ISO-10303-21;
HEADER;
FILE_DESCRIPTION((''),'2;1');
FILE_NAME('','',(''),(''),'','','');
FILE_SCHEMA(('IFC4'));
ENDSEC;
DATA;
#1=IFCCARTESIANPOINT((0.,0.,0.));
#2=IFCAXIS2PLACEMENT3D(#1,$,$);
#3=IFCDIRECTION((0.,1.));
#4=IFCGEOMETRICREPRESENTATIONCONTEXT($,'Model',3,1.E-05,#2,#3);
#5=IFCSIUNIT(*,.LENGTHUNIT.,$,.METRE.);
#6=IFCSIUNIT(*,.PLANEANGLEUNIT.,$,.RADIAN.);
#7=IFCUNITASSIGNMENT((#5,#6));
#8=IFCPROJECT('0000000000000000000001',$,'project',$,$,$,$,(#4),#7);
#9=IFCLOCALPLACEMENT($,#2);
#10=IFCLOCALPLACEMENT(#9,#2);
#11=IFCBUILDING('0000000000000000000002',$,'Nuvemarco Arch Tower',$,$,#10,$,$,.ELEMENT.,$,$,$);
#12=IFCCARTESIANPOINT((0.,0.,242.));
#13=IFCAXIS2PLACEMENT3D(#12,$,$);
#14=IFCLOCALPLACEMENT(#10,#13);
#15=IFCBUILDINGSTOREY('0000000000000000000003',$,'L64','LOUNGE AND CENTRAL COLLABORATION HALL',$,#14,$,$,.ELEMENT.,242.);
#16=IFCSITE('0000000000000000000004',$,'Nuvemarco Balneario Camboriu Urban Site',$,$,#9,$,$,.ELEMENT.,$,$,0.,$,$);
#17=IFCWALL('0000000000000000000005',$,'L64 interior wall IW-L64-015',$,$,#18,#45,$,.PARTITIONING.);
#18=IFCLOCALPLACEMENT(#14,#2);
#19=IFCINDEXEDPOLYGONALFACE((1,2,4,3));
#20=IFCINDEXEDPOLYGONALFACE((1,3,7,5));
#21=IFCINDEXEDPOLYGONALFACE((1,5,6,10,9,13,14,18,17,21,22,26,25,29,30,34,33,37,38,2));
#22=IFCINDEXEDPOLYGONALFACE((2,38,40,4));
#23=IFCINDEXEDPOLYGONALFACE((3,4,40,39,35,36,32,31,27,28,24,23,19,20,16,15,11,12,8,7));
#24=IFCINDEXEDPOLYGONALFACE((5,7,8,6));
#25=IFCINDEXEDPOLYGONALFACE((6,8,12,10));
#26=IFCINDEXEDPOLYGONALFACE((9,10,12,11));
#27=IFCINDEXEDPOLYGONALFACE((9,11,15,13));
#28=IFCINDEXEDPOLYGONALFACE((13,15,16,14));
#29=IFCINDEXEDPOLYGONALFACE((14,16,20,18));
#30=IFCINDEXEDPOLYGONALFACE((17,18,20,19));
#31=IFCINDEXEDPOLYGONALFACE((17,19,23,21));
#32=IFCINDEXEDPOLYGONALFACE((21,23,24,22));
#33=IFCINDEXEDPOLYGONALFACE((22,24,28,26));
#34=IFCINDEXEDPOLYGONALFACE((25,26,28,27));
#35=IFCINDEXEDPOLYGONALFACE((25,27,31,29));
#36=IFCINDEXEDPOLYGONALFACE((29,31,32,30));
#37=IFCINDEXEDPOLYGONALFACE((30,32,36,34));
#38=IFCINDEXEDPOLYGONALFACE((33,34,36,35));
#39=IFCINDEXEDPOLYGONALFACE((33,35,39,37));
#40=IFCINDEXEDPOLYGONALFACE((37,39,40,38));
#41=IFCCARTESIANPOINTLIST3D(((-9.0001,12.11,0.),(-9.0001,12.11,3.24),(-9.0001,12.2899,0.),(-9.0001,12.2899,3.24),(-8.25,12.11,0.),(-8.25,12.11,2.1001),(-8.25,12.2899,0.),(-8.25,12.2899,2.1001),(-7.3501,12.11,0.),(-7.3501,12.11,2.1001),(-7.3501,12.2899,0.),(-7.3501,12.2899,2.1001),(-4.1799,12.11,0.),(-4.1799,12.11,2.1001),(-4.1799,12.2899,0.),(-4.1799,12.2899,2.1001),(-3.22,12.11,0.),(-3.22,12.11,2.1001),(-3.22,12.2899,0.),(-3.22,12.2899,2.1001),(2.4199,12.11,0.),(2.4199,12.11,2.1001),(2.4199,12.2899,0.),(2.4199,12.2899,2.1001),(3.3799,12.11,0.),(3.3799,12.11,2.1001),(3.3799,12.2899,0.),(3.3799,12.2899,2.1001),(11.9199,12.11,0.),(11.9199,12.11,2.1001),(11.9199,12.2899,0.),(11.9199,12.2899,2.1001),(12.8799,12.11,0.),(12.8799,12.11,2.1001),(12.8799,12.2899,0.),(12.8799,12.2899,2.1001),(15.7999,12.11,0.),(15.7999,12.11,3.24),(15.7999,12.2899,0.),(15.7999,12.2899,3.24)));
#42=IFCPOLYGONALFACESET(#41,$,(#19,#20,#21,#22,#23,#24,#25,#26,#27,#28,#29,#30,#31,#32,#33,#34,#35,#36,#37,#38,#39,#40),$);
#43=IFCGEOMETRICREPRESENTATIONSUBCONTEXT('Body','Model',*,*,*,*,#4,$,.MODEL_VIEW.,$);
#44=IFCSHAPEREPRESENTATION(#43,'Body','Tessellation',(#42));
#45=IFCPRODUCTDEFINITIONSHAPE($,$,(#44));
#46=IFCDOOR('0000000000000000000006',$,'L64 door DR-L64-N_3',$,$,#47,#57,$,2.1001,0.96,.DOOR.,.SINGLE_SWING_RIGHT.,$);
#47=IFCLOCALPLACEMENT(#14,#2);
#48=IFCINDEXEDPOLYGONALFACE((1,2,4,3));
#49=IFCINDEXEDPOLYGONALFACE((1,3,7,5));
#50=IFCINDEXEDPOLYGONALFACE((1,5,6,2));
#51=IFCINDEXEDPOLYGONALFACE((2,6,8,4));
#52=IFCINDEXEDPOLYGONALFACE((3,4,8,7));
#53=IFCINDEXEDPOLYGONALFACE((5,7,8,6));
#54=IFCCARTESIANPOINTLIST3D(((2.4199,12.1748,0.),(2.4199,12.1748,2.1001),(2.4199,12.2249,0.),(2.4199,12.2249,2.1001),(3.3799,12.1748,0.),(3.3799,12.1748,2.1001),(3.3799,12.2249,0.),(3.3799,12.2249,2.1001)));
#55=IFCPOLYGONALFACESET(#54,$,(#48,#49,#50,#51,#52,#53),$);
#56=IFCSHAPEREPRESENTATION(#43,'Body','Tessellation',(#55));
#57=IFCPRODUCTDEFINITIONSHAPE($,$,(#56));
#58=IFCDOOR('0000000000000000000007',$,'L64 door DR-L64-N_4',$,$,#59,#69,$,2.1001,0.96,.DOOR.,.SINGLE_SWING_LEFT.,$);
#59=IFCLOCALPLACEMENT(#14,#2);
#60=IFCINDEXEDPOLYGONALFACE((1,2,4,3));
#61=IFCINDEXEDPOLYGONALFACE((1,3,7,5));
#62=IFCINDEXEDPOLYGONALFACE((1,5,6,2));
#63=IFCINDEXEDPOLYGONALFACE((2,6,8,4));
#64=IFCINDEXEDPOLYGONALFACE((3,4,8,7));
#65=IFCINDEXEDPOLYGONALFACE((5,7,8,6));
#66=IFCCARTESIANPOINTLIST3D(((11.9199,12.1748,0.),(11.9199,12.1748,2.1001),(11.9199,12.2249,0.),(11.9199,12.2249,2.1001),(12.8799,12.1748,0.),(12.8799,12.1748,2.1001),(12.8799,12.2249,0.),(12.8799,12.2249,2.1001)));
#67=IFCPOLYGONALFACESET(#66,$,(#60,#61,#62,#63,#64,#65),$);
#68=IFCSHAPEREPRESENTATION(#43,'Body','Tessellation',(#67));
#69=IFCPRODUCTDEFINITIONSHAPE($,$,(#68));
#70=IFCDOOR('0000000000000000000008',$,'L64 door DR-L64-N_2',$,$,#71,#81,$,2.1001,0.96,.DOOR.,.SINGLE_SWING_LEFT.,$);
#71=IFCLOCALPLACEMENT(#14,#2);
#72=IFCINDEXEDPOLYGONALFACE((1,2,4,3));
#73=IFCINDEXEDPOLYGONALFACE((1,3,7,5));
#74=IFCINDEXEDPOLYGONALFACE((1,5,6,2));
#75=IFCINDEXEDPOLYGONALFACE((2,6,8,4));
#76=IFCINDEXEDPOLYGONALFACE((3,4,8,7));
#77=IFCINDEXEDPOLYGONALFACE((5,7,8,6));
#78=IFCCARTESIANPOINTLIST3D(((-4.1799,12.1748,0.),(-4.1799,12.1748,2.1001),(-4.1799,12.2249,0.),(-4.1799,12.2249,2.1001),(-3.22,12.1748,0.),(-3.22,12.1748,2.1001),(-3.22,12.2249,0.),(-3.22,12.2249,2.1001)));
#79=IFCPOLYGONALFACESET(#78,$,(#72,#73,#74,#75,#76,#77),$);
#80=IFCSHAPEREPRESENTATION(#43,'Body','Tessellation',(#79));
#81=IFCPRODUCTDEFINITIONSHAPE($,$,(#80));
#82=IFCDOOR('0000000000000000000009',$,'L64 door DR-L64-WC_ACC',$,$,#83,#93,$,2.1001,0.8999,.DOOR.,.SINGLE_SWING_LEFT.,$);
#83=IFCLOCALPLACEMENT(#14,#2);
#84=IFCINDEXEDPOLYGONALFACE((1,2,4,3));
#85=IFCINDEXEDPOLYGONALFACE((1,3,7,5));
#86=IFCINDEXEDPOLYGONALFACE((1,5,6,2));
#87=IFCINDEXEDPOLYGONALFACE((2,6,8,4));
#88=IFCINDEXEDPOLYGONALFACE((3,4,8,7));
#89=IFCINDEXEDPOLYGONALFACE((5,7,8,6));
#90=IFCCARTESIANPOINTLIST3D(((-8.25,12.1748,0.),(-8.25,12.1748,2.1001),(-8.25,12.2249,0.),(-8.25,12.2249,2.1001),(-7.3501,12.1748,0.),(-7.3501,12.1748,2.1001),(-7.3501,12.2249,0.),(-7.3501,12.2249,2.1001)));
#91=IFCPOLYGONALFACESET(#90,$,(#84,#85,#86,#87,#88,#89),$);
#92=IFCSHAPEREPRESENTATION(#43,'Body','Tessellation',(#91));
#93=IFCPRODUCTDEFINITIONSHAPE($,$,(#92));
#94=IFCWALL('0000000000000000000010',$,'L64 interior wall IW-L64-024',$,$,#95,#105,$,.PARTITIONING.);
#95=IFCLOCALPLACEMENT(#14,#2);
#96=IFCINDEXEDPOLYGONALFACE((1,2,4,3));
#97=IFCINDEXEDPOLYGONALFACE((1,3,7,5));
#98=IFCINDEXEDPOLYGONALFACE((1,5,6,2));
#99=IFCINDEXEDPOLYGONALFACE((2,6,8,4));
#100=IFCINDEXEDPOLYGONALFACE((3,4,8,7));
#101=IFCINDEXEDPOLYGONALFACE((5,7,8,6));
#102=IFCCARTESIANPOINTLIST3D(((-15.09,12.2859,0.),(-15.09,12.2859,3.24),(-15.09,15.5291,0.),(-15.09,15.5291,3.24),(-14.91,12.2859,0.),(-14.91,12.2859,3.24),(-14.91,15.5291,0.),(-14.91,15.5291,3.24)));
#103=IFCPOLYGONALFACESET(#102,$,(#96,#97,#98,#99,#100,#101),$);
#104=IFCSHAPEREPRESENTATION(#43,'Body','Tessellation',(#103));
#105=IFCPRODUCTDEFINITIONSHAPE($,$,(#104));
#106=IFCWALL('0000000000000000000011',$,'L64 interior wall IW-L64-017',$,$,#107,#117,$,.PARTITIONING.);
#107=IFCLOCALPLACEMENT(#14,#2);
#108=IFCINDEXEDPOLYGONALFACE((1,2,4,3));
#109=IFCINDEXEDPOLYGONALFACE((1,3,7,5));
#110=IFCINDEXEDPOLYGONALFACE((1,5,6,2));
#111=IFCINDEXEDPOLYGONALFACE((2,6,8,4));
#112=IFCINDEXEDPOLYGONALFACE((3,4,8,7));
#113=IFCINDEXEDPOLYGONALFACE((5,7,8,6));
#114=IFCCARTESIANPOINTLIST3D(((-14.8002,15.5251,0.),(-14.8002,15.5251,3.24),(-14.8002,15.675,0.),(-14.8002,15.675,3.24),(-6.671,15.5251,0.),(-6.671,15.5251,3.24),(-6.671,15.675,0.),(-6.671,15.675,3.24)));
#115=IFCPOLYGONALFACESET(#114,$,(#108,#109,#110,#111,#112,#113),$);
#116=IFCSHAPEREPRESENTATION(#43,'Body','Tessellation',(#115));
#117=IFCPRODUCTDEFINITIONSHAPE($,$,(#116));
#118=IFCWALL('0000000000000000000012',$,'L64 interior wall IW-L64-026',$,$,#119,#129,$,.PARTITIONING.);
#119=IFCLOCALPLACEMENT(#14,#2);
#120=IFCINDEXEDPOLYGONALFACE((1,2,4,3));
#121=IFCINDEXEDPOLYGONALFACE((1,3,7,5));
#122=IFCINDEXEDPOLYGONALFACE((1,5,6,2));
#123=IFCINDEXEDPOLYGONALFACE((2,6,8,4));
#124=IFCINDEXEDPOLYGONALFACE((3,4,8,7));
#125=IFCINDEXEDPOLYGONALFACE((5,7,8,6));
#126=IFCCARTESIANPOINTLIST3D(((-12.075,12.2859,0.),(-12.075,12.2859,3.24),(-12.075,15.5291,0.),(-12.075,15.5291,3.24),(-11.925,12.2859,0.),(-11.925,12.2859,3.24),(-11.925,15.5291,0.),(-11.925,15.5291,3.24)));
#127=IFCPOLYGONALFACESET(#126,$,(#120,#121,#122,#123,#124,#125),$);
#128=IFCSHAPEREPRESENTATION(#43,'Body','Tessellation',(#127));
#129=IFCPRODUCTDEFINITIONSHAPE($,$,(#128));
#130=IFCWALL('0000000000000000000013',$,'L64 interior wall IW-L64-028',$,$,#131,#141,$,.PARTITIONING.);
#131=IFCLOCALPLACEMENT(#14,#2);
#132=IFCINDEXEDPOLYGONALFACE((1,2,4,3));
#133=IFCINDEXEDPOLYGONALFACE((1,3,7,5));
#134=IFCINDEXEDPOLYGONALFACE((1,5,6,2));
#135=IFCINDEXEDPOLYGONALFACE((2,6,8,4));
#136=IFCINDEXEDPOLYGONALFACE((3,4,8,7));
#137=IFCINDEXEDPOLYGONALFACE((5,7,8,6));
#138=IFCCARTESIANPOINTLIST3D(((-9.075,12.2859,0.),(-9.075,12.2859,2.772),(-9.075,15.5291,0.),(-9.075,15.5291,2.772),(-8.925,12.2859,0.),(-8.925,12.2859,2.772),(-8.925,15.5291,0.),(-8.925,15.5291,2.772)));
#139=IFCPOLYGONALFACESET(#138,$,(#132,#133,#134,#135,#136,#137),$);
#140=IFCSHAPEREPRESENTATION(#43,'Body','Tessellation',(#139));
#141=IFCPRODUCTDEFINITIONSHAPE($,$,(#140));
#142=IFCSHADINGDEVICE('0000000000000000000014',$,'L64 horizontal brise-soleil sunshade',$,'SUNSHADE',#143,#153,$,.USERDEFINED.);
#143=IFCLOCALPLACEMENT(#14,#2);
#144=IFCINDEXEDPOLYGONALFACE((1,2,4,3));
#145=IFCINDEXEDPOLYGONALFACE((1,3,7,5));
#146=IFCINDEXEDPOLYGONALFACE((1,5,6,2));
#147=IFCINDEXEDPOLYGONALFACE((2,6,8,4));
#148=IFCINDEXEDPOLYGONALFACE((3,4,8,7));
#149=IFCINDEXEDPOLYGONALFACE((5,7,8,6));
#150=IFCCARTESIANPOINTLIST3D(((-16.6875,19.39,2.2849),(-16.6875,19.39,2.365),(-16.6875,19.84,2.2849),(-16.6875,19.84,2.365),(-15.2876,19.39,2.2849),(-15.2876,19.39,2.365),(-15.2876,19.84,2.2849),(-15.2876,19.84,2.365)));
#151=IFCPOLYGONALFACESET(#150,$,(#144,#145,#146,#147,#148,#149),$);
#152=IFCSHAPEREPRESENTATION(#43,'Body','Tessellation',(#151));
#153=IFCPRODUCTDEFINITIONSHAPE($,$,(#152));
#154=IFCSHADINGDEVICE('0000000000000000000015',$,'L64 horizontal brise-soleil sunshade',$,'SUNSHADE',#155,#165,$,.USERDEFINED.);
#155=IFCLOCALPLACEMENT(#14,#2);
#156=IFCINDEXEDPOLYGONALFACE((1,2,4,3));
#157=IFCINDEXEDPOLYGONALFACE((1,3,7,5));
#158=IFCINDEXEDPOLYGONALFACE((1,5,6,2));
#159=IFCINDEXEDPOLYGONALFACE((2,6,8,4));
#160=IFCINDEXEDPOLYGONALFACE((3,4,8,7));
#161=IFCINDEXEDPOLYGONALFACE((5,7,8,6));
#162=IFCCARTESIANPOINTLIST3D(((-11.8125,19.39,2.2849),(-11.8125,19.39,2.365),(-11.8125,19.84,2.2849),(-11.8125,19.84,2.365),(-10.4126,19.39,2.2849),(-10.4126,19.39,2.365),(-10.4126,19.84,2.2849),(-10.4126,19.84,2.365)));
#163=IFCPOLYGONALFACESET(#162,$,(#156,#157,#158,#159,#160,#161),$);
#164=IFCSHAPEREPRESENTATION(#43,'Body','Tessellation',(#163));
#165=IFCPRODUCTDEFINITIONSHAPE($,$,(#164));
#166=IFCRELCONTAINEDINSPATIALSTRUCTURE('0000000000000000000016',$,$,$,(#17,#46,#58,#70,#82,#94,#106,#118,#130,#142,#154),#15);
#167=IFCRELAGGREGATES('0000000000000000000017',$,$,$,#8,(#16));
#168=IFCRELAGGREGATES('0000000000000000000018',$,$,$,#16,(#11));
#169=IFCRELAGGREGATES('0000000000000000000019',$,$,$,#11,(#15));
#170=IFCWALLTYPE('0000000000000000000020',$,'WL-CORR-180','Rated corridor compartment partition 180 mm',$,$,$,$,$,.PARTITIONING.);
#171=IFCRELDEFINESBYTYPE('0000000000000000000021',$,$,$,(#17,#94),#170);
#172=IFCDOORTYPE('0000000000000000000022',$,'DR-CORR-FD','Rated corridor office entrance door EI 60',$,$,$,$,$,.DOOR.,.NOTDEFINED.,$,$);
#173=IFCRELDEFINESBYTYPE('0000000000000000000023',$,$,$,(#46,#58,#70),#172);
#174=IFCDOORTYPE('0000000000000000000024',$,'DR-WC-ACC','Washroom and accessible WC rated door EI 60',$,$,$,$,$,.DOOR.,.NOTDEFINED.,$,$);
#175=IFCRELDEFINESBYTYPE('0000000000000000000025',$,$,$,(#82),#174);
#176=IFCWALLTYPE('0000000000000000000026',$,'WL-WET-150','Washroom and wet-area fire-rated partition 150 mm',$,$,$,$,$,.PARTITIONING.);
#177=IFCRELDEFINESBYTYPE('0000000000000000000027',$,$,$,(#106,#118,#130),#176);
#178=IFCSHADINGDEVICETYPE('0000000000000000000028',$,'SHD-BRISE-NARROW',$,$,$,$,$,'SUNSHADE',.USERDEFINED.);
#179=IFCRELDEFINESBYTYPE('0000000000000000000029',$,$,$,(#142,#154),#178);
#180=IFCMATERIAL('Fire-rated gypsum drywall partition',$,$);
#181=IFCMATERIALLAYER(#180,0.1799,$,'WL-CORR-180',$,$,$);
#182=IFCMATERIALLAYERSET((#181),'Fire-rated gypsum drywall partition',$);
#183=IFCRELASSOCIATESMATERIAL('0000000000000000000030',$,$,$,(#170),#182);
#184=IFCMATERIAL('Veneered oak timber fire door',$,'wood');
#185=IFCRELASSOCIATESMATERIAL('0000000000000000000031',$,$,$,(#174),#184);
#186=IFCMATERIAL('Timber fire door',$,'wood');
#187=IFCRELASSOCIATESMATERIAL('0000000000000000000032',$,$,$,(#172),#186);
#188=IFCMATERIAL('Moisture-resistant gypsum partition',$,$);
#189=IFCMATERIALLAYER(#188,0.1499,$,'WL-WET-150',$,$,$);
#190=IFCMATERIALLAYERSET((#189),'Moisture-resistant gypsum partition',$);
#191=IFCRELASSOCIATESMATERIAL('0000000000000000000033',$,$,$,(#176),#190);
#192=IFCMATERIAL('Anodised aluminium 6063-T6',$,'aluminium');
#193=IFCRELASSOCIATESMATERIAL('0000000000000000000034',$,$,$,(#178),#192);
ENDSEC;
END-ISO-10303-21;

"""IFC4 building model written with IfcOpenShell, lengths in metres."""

from ifc_helpers import new_model, si_unit, direction, frame, frame_2d, origin, origin_2d, place, context, subcontext, project, spatial, rectangle, extrude, source, transform, mapped, material, layer, layer_set, type_object, type_shapes, element, fill, save


model = new_model("IFC4")

# Units and contexts
model_context = context("Model", 3, precision=1e-05, world=origin(), true_north=direction((0.0, 1.0)))
body_context = subcontext(model_context, "Body", "Model", "MODEL_VIEW")
ifc_project = project(units=[si_unit("LENGTHUNIT", "METRE"), si_unit("PLANEANGLEUNIT", "RADIAN")], contexts=[model_context])

# Site, building, storey
site_placement = place(None, origin())
site = spatial("IfcSite", under=ifc_project, at=site_placement, Name="Nuvemarco Balneario Camboriu Urban Site", CompositionType="ELEMENT", RefElevation=0.0)
building_placement = place(site_placement, origin())
building = spatial("IfcBuilding", under=site, at=building_placement, Name="Nuvemarco Arch Tower", CompositionType="ELEMENT")
storey_placement = place(building_placement, frame((0.0, 0.0, 242.0)))
storey = spatial("IfcBuildingStorey", under=building, at=storey_placement, Name="L64", Description="LOUNGE AND CENTRAL COLLABORATION HALL", CompositionType="ELEMENT", Elevation=242.0)

# Wall, openings, doors
ifc_material_1 = material(Name="Fire-rated gypsum drywall partition")
ifc_layer_1 = layer(ifc_material_1, 0.1799, Name="WL-CORR-180")
ifc_layer_set_1 = layer_set([ifc_layer_1], Name="Fire-rated gypsum drywall partition")
wall_type_1 = type_object("IfcWallType", Name="WL-CORR-180", Description="Rated corridor compartment partition 180 mm", PredefinedType="PARTITIONING", material=ifc_layer_set_1)
ifc_material_2 = material(Name="Veneered oak timber fire door", Category="wood")
door_type_1 = type_object("IfcDoorType", Name="DR-WC-ACC", Description="Washroom and accessible WC rated door EI 60", OperationType="NOTDEFINED", PredefinedType="DOOR", material=ifc_material_2)
shared_shape_1 = source(origin(), body_context, "Body", "SweptSolid", [
    extrude(rectangle(XDim=0.8999, YDim=2.1001, at=frame_2d((0.45, 1.05))), frame((0.0, 0.0249, 0.0), z_axis=(0.0, -1.0, 0.0), x_axis=(1.0, 0.0, 0.0)), (0.0, 0.0, 1.0), 0.05),
])
type_shapes(door_type_1, [shared_shape_1])
wall_1_placement = place(storey_placement, frame((-9.0, 12.2, 0.0), z_axis=(0.0, 0.0, 1.0), x_axis=(1.0, 0.0, 0.0)))
wall_1 = element("IfcWall", 1, at=wall_1_placement, inside=storey, type_object=wall_type_1, Name="L64 interior wall IW-L64-015", PredefinedType="PARTITIONING", context=body_context, shape_type="SweptSolid", body=[
    extrude(rectangle(XDim=24.8, YDim=0.1799, at=frame_2d((12.3999, 0.0))), origin(), (0.0, 0.0, 1.0), 3.24),
])
opening_1_placement = place(wall_1_placement, frame((11.4199, 0.0, 0.0)))
opening_1 = element("IfcOpeningElement", 2, at=opening_1_placement, cuts=wall_1, PredefinedType="OPENING", context=body_context, shape_type="SweptSolid", body=[
    extrude(rectangle(XDim=0.96, YDim=2.1001, at=frame_2d((0.48, 1.05))), frame((0.0, 0.0999, 0.0), z_axis=(0.0, -1.0, 0.0), x_axis=(1.0, 0.0, 0.0)), (0.0, 0.0, 1.0), 0.2),
])
opening_2_placement = place(wall_1_placement, frame((20.9199, 0.0, 0.0)))
opening_2 = element("IfcOpeningElement", 3, at=opening_2_placement, cuts=wall_1, PredefinedType="OPENING", context=body_context, shape_type="SweptSolid", body=[
    extrude(rectangle(XDim=0.96, YDim=2.1001, at=frame_2d((0.48, 1.05))), frame((0.0, 0.0999, 0.0), z_axis=(0.0, -1.0, 0.0), x_axis=(1.0, 0.0, 0.0)), (0.0, 0.0, 1.0), 0.2),
])
opening_3_placement = place(wall_1_placement, frame((4.8201, 0.0, 0.0)))
opening_3 = element("IfcOpeningElement", 4, at=opening_3_placement, cuts=wall_1, PredefinedType="OPENING", context=body_context, shape_type="SweptSolid", body=[
    extrude(rectangle(XDim=0.96, YDim=2.1001, at=frame_2d((0.48, 1.05))), frame((0.0, 0.0999, 0.0), z_axis=(0.0, -1.0, 0.0), x_axis=(1.0, 0.0, 0.0)), (0.0, 0.0, 1.0), 0.2),
])
opening_4_placement = place(wall_1_placement, frame((0.75, 0.0, 0.0)))
opening_4 = element("IfcOpeningElement", 5, at=opening_4_placement, cuts=wall_1, PredefinedType="OPENING", context=body_context, shape_type="SweptSolid", body=[
    extrude(rectangle(XDim=0.8999, YDim=2.1001, at=frame_2d((0.45, 1.05))), frame((0.0, 0.0999, 0.0), z_axis=(0.0, -1.0, 0.0), x_axis=(1.0, 0.0, 0.0)), (0.0, 0.0, 1.0), 0.2),
])
ifc_material_3 = material(Name="Timber fire door", Category="wood")
door_type_2 = type_object("IfcDoorType", Name="DR-CORR-FD", Description="Rated corridor office entrance door EI 60", OperationType="NOTDEFINED", PredefinedType="DOOR", material=ifc_material_3)
shared_shape_2 = source(origin(), body_context, "Body", "SweptSolid", [
    extrude(rectangle(XDim=0.96, YDim=2.1001, at=frame_2d((0.48, 1.05))), frame((0.0, 0.0249, 0.0), z_axis=(0.0, -1.0, 0.0), x_axis=(1.0, 0.0, 0.0)), (0.0, 0.0, 1.0), 0.05),
])
type_shapes(door_type_2, [shared_shape_2])
door_1_placement = place(opening_1_placement, origin())
door_1 = element("IfcDoor", 6, at=door_1_placement, inside=storey, type_object=door_type_2, Name="L64 door DR-L64-N_3", OperationType="SINGLE_SWING_RIGHT", OverallHeight=2.1001, OverallWidth=0.96, PredefinedType="DOOR", context=body_context, shape_type="MappedRepresentation", body=[
    mapped(shared_shape_2, transform((0.0, 0.0, 0.0), scale=1.0)),
])
fill(opening_1, door_1)
door_2_placement = place(opening_2_placement, origin())
door_2 = element("IfcDoor", 7, at=door_2_placement, inside=storey, type_object=door_type_2, Name="L64 door DR-L64-N_4", OperationType="SINGLE_SWING_LEFT", OverallHeight=2.1001, OverallWidth=0.96, PredefinedType="DOOR", context=body_context, shape_type="MappedRepresentation", body=[
    mapped(shared_shape_2, transform((0.0, 0.0, 0.0), scale=1.0)),
])
fill(opening_2, door_2)
door_3_placement = place(opening_3_placement, origin())
door_3 = element("IfcDoor", 8, at=door_3_placement, inside=storey, type_object=door_type_2, Name="L64 door DR-L64-N_2", OperationType="SINGLE_SWING_LEFT", OverallHeight=2.1001, OverallWidth=0.96, PredefinedType="DOOR", context=body_context, shape_type="MappedRepresentation", body=[
    mapped(shared_shape_2, transform((0.0, 0.0, 0.0), scale=1.0)),
])
fill(opening_3, door_3)
door_4_placement = place(opening_4_placement, origin())
door_4 = element("IfcDoor", 9, at=door_4_placement, inside=storey, type_object=door_type_1, Name="L64 door DR-L64-WC_ACC", OperationType="SINGLE_SWING_LEFT", OverallHeight=2.1001, OverallWidth=0.8999, PredefinedType="DOOR", context=body_context, shape_type="MappedRepresentation", body=[
    mapped(shared_shape_1, transform((0.0, 0.0, 0.0), scale=1.0)),
])
fill(opening_4, door_4)

# Walls
wall_2_placement = place(storey_placement, frame((-15.0, 12.2859, 0.0), z_axis=(0.0, 0.0, 1.0), x_axis=(0.0, 1.0, 0.0)))
element("IfcWall", 10, at=wall_2_placement, inside=storey, type_object=wall_type_1, Name="L64 interior wall IW-L64-024", PredefinedType="PARTITIONING", context=body_context, shape_type="SweptSolid", body=[
    extrude(rectangle(XDim=3.2432, YDim=0.1799, at=frame_2d((1.6216, 0.0))), origin(), (0.0, 0.0, 1.0), 3.24),
])
ifc_material_4 = material(Name="Moisture-resistant gypsum partition")
ifc_layer_2 = layer(ifc_material_4, 0.1499, Name="WL-WET-150")
ifc_layer_set_2 = layer_set([ifc_layer_2], Name="Moisture-resistant gypsum partition")
wall_type_2 = type_object("IfcWallType", Name="WL-WET-150", Description="Washroom and wet-area fire-rated partition 150 mm", PredefinedType="PARTITIONING", material=ifc_layer_set_2)
wall_3_placement = place(storey_placement, frame((-14.8, 15.6001, 0.0), z_axis=(0.0, 0.0, 1.0), x_axis=(1.0, 0.0, 0.0)))
element("IfcWall", 11, at=wall_3_placement, inside=storey, type_object=wall_type_2, Name="L64 interior wall IW-L64-017", PredefinedType="PARTITIONING", context=body_context, shape_type="SweptSolid", body=[
    extrude(rectangle(XDim=8.1292, YDim=0.1499, at=frame_2d((4.0645, 0.0))), origin(), (0.0, 0.0, 1.0), 3.24),
])
wall_4_placement = place(storey_placement, frame((-12.0, 12.2859, 0.0), z_axis=(0.0, 0.0, 1.0), x_axis=(0.0, 1.0, 0.0)))
element("IfcWall", 12, at=wall_4_placement, inside=storey, type_object=wall_type_2, Name="L64 interior wall IW-L64-026", PredefinedType="PARTITIONING", context=body_context, shape_type="SweptSolid", body=[
    extrude(rectangle(XDim=3.2432, YDim=0.1499, at=frame_2d((1.6216, 0.0))), origin(), (0.0, 0.0, 1.0), 3.24),
])
wall_5_placement = place(storey_placement, frame((-9.0, 12.2859, 0.0), z_axis=(0.0, 0.0, 1.0), x_axis=(0.0, 1.0, 0.0)))
element("IfcWall", 13, at=wall_5_placement, inside=storey, type_object=wall_type_2, Name="L64 interior wall IW-L64-028", PredefinedType="PARTITIONING", context=body_context, shape_type="SweptSolid", body=[
    extrude(rectangle(XDim=3.2432, YDim=0.1499, at=frame_2d((1.6216, 0.0))), origin(), (0.0, 0.0, 1.0), 2.772),
])

# Shading devices
ifc_material_5 = material(Name="Anodised aluminium 6063-T6", Category="aluminium")
shading_device_type = type_object("IfcShadingDeviceType", Name="SHD-BRISE-NARROW", ElementType="SUNSHADE", PredefinedType="USERDEFINED", material=ifc_material_5)
shared_shape_3 = source(origin(), body_context, "Body", "SweptSolid", [
    extrude(rectangle(XDim=1.3999, YDim=0.45, at=origin_2d()), origin(), (0.0, 0.0, 1.0), 0.0801),
])
type_shapes(shading_device_type, [shared_shape_3])
for number, where, z_axis, x_axis, name in (
    (14, (-15.9875, 19.615, 2.2849), (0.0, 0.0, 1.0), (1.0, 0.0, 0.0), "L64 horizontal brise-soleil sunshade"),
    (15, (-11.1125, 19.615, 2.2849), (0.0, 0.0, 1.0), (1.0, 0.0, 0.0), "L64 horizontal brise-soleil sunshade"),
):
    element("IfcShadingDevice", number, at=place(storey_placement, frame(where, z_axis=z_axis, x_axis=x_axis)), inside=storey, type_object=shading_device_type, Name=name, ObjectType="SUNSHADE", PredefinedType="USERDEFINED", context=body_context, shape_type="MappedRepresentation", body=[
        mapped(shared_shape_3, transform((0.0, 0.0, 0.0), scale=1.0)),
    ])

save(model, "model.ifc")
